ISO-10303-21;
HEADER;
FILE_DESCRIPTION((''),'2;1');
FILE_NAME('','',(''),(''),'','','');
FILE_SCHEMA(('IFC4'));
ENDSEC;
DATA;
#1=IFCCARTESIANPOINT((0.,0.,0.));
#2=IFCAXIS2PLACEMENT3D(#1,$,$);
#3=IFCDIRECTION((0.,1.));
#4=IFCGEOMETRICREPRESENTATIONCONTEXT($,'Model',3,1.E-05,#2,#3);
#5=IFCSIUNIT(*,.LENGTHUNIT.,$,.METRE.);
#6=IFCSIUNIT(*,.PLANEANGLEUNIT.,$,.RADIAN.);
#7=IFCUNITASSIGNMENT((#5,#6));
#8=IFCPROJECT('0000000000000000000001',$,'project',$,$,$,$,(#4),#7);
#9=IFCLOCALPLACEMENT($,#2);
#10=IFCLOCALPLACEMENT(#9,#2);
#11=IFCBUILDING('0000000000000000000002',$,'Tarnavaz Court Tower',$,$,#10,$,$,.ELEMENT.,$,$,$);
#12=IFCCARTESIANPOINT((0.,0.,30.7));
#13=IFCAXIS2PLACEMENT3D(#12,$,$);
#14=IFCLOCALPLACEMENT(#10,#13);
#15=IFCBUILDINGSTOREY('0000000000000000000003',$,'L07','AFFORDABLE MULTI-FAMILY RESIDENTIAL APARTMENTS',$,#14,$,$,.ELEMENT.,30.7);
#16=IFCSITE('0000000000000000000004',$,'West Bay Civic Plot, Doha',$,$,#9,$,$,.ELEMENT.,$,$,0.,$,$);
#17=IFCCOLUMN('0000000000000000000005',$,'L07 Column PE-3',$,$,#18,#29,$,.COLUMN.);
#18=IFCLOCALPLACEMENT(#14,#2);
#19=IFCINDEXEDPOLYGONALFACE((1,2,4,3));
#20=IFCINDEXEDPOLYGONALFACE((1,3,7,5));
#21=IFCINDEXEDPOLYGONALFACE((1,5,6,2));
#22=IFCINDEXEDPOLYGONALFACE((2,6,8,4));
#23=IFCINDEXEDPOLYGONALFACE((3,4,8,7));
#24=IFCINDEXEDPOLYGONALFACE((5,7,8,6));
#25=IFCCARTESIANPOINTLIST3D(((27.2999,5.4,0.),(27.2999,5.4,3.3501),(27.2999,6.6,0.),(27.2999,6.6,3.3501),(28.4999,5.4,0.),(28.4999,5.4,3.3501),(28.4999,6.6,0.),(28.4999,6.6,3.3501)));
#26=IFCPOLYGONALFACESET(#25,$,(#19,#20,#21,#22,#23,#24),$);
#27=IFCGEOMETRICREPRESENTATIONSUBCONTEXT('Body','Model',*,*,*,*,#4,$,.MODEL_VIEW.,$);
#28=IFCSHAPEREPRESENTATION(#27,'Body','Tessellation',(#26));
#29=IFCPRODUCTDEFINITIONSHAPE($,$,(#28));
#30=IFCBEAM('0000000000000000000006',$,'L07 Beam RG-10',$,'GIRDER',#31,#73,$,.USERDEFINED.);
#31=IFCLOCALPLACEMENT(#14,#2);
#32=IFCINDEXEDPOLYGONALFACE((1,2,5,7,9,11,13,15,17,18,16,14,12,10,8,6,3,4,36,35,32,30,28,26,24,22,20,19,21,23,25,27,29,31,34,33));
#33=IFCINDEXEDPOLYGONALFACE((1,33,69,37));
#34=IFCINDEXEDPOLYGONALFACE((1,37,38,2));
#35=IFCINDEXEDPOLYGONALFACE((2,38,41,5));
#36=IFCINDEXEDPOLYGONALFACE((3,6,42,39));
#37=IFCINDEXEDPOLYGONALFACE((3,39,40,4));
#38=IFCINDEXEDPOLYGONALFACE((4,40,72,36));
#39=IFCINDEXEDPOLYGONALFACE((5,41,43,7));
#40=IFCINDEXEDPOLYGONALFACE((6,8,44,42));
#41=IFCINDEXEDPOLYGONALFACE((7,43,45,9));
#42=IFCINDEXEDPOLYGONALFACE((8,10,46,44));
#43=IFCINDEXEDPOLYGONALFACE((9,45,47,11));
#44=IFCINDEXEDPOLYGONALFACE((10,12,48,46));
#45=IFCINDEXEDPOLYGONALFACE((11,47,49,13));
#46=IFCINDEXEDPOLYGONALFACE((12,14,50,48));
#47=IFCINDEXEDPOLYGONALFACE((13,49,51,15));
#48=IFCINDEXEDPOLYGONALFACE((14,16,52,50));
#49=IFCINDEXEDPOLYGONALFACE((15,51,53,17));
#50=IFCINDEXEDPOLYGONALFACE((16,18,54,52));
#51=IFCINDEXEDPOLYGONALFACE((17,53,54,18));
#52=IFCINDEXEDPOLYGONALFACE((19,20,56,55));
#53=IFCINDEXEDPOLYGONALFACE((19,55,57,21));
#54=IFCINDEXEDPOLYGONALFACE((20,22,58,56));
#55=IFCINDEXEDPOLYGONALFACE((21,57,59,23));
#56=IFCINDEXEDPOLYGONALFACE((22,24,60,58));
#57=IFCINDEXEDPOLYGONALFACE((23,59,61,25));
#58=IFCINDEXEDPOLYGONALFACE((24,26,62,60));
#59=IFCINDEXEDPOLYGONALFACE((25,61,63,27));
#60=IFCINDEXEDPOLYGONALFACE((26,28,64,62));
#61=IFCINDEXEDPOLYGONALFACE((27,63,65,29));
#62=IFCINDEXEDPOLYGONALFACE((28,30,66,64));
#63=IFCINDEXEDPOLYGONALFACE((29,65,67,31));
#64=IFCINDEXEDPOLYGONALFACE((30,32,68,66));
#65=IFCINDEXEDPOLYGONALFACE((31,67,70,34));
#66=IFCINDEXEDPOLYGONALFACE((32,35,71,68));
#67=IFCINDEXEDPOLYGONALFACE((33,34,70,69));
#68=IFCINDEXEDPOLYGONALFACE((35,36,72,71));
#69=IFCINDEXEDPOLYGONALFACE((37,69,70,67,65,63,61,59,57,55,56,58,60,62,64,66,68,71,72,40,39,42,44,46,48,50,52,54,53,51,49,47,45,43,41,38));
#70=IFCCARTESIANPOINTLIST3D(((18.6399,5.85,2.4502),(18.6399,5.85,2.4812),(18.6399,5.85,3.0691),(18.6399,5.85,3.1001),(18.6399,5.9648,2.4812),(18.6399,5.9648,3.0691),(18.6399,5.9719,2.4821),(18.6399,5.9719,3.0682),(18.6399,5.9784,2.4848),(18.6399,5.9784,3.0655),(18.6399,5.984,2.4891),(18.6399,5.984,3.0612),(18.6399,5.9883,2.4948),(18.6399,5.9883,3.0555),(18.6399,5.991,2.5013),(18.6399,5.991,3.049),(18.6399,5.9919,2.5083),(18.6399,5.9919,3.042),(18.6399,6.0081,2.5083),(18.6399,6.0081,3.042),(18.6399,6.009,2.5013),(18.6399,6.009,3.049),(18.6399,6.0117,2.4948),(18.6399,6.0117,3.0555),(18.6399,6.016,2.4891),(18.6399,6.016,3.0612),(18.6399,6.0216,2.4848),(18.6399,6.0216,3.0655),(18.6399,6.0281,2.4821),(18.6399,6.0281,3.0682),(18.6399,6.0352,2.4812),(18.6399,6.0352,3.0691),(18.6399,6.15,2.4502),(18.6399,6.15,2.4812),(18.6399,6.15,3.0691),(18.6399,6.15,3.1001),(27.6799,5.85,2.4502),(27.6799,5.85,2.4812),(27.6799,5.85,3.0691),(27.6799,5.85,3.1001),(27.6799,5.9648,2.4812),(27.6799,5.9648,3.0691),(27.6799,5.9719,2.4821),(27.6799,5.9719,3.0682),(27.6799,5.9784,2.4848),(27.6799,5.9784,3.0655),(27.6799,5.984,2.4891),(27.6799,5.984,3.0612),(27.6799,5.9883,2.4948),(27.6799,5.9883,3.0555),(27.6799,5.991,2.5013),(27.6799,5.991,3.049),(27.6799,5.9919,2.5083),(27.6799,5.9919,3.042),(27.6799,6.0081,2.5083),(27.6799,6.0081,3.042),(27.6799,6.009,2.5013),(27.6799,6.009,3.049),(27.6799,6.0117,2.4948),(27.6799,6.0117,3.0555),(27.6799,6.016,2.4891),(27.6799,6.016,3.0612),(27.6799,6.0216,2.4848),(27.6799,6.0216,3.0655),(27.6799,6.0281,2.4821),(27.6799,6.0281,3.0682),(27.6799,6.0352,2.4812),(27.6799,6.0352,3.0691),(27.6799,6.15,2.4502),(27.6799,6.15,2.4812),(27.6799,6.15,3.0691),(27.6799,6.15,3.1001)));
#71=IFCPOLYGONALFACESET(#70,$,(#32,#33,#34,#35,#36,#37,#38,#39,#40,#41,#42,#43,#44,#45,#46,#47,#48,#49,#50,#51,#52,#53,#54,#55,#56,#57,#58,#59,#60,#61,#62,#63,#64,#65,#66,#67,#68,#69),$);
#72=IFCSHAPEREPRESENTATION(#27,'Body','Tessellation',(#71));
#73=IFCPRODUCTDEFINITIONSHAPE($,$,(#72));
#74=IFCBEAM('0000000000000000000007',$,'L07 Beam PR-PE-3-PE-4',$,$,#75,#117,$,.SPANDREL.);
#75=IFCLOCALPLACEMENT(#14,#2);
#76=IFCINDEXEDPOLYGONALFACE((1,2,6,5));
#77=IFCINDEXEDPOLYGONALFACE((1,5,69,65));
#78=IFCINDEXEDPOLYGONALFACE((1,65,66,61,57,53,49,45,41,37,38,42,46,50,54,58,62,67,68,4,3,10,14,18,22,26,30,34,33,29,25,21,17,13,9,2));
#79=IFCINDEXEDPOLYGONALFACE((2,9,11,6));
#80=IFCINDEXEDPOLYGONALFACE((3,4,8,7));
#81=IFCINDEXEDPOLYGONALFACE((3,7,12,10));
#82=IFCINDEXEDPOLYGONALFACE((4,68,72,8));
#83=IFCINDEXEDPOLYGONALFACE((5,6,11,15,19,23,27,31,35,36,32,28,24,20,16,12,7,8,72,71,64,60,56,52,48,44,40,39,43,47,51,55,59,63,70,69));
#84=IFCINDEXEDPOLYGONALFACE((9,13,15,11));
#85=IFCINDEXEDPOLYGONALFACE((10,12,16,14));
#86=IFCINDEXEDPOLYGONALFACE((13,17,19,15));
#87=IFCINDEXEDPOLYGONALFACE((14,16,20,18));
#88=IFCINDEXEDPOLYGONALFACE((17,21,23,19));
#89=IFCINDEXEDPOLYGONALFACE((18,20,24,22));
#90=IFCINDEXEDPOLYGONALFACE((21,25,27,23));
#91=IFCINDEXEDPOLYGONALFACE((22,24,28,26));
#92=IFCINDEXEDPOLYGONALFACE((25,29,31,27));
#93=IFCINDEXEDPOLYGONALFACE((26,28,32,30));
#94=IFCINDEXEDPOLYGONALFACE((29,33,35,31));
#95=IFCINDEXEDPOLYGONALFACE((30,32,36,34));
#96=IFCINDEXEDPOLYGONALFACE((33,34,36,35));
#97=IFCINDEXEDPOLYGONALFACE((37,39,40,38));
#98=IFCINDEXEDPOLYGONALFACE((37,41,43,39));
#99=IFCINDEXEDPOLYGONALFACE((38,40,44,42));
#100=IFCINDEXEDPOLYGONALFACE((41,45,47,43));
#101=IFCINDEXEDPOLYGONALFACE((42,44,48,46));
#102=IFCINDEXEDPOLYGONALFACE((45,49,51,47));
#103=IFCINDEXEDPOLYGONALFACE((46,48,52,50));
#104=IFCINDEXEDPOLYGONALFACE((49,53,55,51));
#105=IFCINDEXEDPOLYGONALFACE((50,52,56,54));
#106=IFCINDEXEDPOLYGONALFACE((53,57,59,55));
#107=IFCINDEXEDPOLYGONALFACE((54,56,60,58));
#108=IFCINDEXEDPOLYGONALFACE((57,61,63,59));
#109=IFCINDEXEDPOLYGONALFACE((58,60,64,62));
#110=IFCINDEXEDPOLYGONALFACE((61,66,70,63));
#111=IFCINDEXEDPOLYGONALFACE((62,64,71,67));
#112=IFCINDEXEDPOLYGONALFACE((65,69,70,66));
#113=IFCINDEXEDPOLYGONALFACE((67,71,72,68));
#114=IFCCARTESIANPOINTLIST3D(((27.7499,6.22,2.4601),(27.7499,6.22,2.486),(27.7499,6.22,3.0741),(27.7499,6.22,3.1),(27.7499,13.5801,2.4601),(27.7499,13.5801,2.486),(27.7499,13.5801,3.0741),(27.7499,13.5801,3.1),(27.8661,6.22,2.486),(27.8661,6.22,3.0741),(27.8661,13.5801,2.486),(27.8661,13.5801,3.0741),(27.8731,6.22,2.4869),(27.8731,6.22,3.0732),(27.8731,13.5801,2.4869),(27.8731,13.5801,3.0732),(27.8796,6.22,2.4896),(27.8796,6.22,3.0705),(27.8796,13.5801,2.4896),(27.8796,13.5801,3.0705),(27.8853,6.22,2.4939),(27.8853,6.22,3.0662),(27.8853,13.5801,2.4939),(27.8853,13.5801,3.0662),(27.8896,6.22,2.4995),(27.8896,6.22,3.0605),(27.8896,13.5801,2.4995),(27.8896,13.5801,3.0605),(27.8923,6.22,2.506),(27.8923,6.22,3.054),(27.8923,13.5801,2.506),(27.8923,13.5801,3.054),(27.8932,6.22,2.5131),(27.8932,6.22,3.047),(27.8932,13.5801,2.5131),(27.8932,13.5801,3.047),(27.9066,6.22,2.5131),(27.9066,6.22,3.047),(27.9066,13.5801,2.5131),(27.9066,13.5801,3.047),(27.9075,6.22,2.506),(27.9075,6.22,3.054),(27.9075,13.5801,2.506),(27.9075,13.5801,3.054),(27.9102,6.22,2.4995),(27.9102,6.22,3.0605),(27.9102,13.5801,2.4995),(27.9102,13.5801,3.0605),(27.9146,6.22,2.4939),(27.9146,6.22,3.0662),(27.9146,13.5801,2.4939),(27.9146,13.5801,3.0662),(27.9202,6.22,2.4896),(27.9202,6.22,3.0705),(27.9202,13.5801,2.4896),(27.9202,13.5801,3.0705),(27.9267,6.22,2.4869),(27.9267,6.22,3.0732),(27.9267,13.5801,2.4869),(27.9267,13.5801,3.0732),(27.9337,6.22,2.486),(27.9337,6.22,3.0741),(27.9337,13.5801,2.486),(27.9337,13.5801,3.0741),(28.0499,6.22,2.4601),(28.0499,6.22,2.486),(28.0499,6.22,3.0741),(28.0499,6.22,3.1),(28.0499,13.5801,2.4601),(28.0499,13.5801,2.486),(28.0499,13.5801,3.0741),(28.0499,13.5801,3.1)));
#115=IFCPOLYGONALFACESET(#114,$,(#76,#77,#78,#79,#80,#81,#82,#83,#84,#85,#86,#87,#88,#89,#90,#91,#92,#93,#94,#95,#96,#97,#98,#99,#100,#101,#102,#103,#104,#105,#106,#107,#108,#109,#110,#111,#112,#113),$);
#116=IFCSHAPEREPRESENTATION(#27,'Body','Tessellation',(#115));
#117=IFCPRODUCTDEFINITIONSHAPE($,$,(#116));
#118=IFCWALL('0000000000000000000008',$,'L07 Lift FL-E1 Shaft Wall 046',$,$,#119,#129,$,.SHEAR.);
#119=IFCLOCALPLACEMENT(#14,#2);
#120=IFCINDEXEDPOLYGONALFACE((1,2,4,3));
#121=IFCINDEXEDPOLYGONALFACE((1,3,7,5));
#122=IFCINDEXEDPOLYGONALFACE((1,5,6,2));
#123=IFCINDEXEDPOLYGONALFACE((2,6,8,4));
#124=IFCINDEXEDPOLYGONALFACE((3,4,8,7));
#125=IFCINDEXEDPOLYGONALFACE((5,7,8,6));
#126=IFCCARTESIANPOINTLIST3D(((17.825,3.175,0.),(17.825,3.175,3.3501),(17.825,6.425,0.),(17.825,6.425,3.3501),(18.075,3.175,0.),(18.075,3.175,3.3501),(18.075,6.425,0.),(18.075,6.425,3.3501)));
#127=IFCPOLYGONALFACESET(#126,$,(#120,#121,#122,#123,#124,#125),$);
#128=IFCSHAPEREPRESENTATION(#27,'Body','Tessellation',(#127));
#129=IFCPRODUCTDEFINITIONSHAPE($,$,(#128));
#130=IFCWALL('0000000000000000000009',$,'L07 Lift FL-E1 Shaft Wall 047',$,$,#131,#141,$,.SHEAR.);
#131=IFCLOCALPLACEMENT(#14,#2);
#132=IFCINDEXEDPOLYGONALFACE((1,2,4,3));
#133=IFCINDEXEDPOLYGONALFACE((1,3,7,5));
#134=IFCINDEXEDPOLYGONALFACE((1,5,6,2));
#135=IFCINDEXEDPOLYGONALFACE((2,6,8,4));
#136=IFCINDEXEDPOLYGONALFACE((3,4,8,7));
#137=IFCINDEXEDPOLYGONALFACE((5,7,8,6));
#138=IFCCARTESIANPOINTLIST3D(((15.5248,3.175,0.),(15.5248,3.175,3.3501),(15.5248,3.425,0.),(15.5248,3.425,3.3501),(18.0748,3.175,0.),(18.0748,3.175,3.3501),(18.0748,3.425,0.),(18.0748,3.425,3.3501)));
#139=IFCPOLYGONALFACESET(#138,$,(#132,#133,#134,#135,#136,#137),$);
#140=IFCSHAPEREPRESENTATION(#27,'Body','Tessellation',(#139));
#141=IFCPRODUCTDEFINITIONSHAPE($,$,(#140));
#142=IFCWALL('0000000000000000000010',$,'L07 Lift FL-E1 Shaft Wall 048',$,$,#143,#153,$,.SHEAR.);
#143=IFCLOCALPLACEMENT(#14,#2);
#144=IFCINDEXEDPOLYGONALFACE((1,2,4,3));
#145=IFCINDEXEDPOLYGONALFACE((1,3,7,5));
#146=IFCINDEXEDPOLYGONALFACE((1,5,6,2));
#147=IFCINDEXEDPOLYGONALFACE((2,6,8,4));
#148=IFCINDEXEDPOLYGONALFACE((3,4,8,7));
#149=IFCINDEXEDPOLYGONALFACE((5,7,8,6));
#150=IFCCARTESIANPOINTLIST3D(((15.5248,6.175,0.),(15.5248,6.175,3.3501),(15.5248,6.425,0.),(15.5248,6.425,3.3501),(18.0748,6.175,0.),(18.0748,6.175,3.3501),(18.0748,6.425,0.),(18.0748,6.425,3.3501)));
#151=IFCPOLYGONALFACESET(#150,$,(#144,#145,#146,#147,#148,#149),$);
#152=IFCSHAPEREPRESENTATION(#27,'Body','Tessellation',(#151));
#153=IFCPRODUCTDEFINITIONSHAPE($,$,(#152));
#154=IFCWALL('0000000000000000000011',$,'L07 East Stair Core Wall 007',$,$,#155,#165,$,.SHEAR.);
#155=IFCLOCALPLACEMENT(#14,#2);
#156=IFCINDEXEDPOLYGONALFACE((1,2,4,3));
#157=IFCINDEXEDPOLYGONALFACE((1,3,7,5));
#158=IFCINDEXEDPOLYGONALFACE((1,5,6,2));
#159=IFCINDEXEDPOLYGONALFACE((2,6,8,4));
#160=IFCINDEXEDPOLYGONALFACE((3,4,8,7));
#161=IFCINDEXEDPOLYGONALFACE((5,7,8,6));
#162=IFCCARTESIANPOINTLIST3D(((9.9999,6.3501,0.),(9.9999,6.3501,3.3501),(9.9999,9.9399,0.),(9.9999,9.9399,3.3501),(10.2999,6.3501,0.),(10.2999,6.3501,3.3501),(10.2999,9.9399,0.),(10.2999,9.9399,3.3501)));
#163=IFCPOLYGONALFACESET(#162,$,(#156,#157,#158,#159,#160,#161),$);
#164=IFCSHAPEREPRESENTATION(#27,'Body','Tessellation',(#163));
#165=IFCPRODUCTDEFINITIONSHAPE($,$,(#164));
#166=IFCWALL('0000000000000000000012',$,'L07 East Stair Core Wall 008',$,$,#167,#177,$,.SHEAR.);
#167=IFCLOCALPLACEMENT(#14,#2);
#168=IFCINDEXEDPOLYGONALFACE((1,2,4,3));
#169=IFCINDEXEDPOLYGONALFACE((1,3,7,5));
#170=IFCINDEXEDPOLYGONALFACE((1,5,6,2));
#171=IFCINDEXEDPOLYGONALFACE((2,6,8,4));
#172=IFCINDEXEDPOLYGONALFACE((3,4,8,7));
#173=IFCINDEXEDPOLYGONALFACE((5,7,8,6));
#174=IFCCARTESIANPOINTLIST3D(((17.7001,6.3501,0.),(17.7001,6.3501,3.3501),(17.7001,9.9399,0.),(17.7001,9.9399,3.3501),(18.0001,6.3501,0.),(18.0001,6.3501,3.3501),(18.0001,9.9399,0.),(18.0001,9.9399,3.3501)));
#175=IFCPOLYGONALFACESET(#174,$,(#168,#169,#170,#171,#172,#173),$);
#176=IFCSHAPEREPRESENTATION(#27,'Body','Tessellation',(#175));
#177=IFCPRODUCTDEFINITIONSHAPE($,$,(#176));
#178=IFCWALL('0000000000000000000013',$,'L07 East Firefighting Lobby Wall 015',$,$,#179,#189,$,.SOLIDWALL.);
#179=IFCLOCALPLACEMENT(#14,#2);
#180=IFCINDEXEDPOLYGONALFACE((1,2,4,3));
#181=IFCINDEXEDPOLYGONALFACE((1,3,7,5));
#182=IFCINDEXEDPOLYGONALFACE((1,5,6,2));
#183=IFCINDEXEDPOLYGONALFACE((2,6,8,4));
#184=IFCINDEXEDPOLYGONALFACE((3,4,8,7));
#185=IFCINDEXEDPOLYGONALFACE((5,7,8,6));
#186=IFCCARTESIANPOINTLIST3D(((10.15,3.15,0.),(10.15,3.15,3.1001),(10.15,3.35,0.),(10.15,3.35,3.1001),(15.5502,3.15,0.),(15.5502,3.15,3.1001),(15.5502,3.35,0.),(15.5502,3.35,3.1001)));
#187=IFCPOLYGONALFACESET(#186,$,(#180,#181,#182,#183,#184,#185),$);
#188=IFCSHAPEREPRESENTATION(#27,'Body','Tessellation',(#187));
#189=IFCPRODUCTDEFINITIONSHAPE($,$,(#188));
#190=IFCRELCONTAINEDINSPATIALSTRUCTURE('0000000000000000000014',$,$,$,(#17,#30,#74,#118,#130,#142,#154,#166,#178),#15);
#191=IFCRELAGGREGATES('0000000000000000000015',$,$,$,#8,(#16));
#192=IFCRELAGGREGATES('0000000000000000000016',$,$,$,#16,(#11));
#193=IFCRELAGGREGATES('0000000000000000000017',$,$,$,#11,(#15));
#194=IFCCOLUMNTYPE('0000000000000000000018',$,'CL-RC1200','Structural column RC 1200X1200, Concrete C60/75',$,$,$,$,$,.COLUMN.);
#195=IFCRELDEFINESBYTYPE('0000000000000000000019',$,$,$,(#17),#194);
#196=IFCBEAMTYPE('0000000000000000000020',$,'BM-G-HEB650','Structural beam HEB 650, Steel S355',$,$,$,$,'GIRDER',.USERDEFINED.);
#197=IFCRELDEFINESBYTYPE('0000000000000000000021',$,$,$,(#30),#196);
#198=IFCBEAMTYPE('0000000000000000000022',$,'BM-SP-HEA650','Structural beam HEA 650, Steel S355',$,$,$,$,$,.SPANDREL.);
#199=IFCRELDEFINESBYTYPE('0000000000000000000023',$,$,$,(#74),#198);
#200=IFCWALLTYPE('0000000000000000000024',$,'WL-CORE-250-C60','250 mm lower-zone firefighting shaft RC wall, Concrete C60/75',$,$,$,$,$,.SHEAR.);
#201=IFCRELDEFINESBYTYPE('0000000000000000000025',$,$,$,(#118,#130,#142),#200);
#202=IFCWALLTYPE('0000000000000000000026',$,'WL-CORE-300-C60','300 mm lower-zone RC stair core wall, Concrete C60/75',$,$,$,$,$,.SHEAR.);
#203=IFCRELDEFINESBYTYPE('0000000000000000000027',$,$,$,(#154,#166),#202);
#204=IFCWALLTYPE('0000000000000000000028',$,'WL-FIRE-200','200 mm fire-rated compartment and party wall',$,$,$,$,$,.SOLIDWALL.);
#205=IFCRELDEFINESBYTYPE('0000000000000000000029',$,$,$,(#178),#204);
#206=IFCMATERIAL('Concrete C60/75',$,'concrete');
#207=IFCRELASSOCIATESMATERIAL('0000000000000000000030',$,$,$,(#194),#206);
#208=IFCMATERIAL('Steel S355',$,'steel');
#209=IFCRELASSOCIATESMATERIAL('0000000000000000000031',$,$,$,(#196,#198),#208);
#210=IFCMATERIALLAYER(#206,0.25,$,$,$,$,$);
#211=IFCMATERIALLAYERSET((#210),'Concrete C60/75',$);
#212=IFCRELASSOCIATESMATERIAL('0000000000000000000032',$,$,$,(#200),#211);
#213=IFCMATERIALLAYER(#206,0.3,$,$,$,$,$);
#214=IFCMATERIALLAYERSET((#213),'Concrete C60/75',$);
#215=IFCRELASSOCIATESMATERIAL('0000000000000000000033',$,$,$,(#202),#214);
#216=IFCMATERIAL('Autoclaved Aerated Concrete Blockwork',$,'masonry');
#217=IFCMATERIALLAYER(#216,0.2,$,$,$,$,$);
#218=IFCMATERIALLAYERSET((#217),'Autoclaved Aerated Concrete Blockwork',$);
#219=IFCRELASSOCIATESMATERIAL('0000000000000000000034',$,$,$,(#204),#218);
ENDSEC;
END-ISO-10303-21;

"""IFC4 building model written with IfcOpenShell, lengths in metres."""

from ifc_helpers import new_model, si_unit, direction, frame, frame_2d, origin, origin_2d, place, context, subcontext, project, spatial, rectangle, i_section, extrude, material, layer, layer_set, material_profile, profile_set, type_object, element, save


model = new_model("IFC4")

# Units and contexts
model_context = context("Model", 3, precision=1e-05, world=origin(), true_north=direction((0.0, 1.0)))
body_context = subcontext(model_context, "Body", "Model", "MODEL_VIEW")
ifc_project = project(units=[si_unit("LENGTHUNIT", "METRE"), si_unit("PLANEANGLEUNIT", "RADIAN")], contexts=[model_context])

# Site, building, storey
site_placement = place(None, origin())
site = spatial("IfcSite", under=ifc_project, at=site_placement, Name="West Bay Civic Plot, Doha", CompositionType="ELEMENT", RefElevation=0.0)
building_placement = place(site_placement, origin())
building = spatial("IfcBuilding", under=site, at=building_placement, Name="Tarnavaz Court Tower", CompositionType="ELEMENT")
storey_placement = place(building_placement, frame((0.0, 0.0, 30.7)))
storey = spatial("IfcBuildingStorey", under=building, at=storey_placement, Name="L07", Description="AFFORDABLE MULTI-FAMILY RESIDENTIAL APARTMENTS", CompositionType="ELEMENT", Elevation=30.7)

# Column
ifc_material_1 = material(Name="Concrete C60/75", Category="concrete")
ifc_material_profile_1 = material_profile(ifc_material_1, rectangle(XDim=1.2, YDim=1.2, at=origin_2d()), Name="RC 1200X1200")
ifc_profile_set_1 = profile_set([ifc_material_profile_1], Name="Concrete C60/75")
column_type = type_object("IfcColumnType", Name="CL-RC1200", Description="Structural column RC 1200X1200, Concrete C60/75", PredefinedType="COLUMN", material=ifc_profile_set_1)
column_placement = place(storey_placement, frame((27.8999, 6.0, 0.0), z_axis=(0.0, 0.0, 1.0), x_axis=(1.0, 0.0, 0.0)))
element("IfcColumn", 1, at=column_placement, inside=storey, type_object=column_type, Name="L07 Column PE-3", PredefinedType="COLUMN", context=body_context, shape_type="SweptSolid", body=[
    extrude(rectangle(XDim=1.2, YDim=1.2, at=origin_2d()), origin(), (0.0, 0.0, 1.0), 3.3501),
])

# Beams
ifc_material_2 = material(Name="Steel S355", Category="steel")
ifc_material_profile_2 = material_profile(ifc_material_2, i_section(OverallWidth=0.3, OverallDepth=0.6499, WebThickness=0.0161, FlangeThickness=0.031, FilletRadius=0.0271, at=origin_2d()), Name="HEB 650")
ifc_profile_set_2 = profile_set([ifc_material_profile_2], Name="Steel S355")
beam_type_1 = type_object("IfcBeamType", Name="BM-G-HEB650", Description="Structural beam HEB 650, Steel S355", ElementType="GIRDER", PredefinedType="USERDEFINED", material=ifc_profile_set_2)
beam_1_placement = place(storey_placement, frame((18.6399, 6.0, 2.7751), z_axis=(1.0, 0.0, 0.0), x_axis=(0.0, 1.0, 0.0)))
element("IfcBeam", 2, at=beam_1_placement, inside=storey, type_object=beam_type_1, Name="L07 Beam RG-10", ObjectType="GIRDER", PredefinedType="USERDEFINED", context=body_context, shape_type="SweptSolid", body=[
    extrude(i_section(OverallWidth=0.3, OverallDepth=0.6499, WebThickness=0.0161, FlangeThickness=0.031, FilletRadius=0.0271, at=origin_2d()), origin(), (0.0, 0.0, 1.0), 9.04),
])
ifc_material_profile_3 = material_profile(ifc_material_2, i_section(OverallWidth=0.3, OverallDepth=0.6399, WebThickness=0.0134, FlangeThickness=0.0259, FilletRadius=0.0271, at=origin_2d()), Name="HEA 650")
ifc_profile_set_3 = profile_set([ifc_material_profile_3], Name="Steel S355")
beam_type_2 = type_object("IfcBeamType", Name="BM-SP-HEA650", Description="Structural beam HEA 650, Steel S355", PredefinedType="SPANDREL", material=ifc_profile_set_3)
beam_2_placement = place(storey_placement, frame((27.8999, 6.22, 2.78), z_axis=(0.0, 1.0, 0.0), x_axis=(-1.0, 0.0, 0.0)))
element("IfcBeam", 3, at=beam_2_placement, inside=storey, type_object=beam_type_2, Name="L07 Beam PR-PE-3-PE-4", PredefinedType="SPANDREL", context=body_context, shape_type="SweptSolid", body=[
    extrude(i_section(OverallWidth=0.3, OverallDepth=0.6399, WebThickness=0.0134, FlangeThickness=0.0259, FilletRadius=0.0271, at=origin_2d()), origin(), (0.0, 0.0, 1.0), 7.3601),
])

# Shared definitions
ifc_layer_1 = layer(ifc_material_1, 0.25)
ifc_layer_set_1 = layer_set([ifc_layer_1], Name="Concrete C60/75")
wall_type_1 = type_object("IfcWallType", Name="WL-CORE-250-C60", Description="250 mm lower-zone firefighting shaft RC wall, Concrete C60/75", PredefinedType="SHEAR", material=ifc_layer_set_1)

# Walls
wall_1_placement = place(storey_placement, frame((17.95, 3.175, 0.0), z_axis=(0.0, 0.0, 1.0), x_axis=(0.0, 1.0, 0.0)))
element("IfcWall", 4, at=wall_1_placement, inside=storey, type_object=wall_type_1, Name="L07 Lift FL-E1 Shaft Wall 046", PredefinedType="SHEAR", context=body_context, shape_type="SweptSolid", body=[
    extrude(rectangle(XDim=3.25, YDim=0.25, at=frame_2d((1.625, 0.0))), origin(), (0.0, 0.0, 1.0), 3.3501),
])
for number, where, z_axis, x_axis, name in (
    (5, (15.5249, 3.3, 0.0), (0.0, 0.0, 1.0), (1.0, 0.0, 0.0), "L07 Lift FL-E1 Shaft Wall 047"),
    (6, (15.5249, 6.3, 0.0), (0.0, 0.0, 1.0), (1.0, 0.0, 0.0), "L07 Lift FL-E1 Shaft Wall 048"),
):
    element("IfcWall", number, at=place(storey_placement, frame(where, z_axis=z_axis, x_axis=x_axis)), inside=storey, type_object=wall_type_1, Name=name, PredefinedType="SHEAR", context=body_context, shape_type="SweptSolid", body=[
        extrude(rectangle(XDim=2.55, YDim=0.25, at=frame_2d((1.2749, 0.0))), origin(), (0.0, 0.0, 1.0), 3.3501),
    ])
ifc_layer_2 = layer(ifc_material_1, 0.3)
ifc_layer_set_2 = layer_set([ifc_layer_2], Name="Concrete C60/75")
wall_type_2 = type_object("IfcWallType", Name="WL-CORE-300-C60", Description="300 mm lower-zone RC stair core wall, Concrete C60/75", PredefinedType="SHEAR", material=ifc_layer_set_2)
for number, where, z_axis, x_axis, name in (
    (7, (10.1499, 6.3501, 0.0), (0.0, 0.0, 1.0), (0.0, 1.0, 0.0), "L07 East Stair Core Wall 007"),
    (8, (17.8501, 6.3501, 0.0), (0.0, 0.0, 1.0), (0.0, 1.0, 0.0), "L07 East Stair Core Wall 008"),
):
    element("IfcWall", number, at=place(storey_placement, frame(where, z_axis=z_axis, x_axis=x_axis)), inside=storey, type_object=wall_type_2, Name=name, PredefinedType="SHEAR", context=body_context, shape_type="SweptSolid", body=[
        extrude(rectangle(XDim=3.5898, YDim=0.3, at=frame_2d((1.7949, 0.0))), origin(), (0.0, 0.0, 1.0), 3.3501),
    ])
ifc_material_3 = material(Name="Autoclaved Aerated Concrete Blockwork", Category="masonry")
ifc_layer_3 = layer(ifc_material_3, 0.2)
ifc_layer_set_3 = layer_set([ifc_layer_3], Name="Autoclaved Aerated Concrete Blockwork")
wall_type_3 = type_object("IfcWallType", Name="WL-FIRE-200", Description="200 mm fire-rated compartment and party wall", PredefinedType="SOLIDWALL", material=ifc_layer_set_3)
wall_2_placement = place(storey_placement, frame((10.1499, 3.25, 0.0), z_axis=(0.0, 0.0, 1.0), x_axis=(1.0, 0.0, 0.0)))
element("IfcWall", 9, at=wall_2_placement, inside=storey, type_object=wall_type_3, Name="L07 East Firefighting Lobby Wall 015", PredefinedType="SOLIDWALL", context=body_context, shape_type="SweptSolid", body=[
    extrude(rectangle(XDim=5.4001, YDim=0.2, at=frame_2d((2.7002, 0.0))), origin(), (0.0, 0.0, 1.0), 3.1001),
])

save(model, "model.ifc")
